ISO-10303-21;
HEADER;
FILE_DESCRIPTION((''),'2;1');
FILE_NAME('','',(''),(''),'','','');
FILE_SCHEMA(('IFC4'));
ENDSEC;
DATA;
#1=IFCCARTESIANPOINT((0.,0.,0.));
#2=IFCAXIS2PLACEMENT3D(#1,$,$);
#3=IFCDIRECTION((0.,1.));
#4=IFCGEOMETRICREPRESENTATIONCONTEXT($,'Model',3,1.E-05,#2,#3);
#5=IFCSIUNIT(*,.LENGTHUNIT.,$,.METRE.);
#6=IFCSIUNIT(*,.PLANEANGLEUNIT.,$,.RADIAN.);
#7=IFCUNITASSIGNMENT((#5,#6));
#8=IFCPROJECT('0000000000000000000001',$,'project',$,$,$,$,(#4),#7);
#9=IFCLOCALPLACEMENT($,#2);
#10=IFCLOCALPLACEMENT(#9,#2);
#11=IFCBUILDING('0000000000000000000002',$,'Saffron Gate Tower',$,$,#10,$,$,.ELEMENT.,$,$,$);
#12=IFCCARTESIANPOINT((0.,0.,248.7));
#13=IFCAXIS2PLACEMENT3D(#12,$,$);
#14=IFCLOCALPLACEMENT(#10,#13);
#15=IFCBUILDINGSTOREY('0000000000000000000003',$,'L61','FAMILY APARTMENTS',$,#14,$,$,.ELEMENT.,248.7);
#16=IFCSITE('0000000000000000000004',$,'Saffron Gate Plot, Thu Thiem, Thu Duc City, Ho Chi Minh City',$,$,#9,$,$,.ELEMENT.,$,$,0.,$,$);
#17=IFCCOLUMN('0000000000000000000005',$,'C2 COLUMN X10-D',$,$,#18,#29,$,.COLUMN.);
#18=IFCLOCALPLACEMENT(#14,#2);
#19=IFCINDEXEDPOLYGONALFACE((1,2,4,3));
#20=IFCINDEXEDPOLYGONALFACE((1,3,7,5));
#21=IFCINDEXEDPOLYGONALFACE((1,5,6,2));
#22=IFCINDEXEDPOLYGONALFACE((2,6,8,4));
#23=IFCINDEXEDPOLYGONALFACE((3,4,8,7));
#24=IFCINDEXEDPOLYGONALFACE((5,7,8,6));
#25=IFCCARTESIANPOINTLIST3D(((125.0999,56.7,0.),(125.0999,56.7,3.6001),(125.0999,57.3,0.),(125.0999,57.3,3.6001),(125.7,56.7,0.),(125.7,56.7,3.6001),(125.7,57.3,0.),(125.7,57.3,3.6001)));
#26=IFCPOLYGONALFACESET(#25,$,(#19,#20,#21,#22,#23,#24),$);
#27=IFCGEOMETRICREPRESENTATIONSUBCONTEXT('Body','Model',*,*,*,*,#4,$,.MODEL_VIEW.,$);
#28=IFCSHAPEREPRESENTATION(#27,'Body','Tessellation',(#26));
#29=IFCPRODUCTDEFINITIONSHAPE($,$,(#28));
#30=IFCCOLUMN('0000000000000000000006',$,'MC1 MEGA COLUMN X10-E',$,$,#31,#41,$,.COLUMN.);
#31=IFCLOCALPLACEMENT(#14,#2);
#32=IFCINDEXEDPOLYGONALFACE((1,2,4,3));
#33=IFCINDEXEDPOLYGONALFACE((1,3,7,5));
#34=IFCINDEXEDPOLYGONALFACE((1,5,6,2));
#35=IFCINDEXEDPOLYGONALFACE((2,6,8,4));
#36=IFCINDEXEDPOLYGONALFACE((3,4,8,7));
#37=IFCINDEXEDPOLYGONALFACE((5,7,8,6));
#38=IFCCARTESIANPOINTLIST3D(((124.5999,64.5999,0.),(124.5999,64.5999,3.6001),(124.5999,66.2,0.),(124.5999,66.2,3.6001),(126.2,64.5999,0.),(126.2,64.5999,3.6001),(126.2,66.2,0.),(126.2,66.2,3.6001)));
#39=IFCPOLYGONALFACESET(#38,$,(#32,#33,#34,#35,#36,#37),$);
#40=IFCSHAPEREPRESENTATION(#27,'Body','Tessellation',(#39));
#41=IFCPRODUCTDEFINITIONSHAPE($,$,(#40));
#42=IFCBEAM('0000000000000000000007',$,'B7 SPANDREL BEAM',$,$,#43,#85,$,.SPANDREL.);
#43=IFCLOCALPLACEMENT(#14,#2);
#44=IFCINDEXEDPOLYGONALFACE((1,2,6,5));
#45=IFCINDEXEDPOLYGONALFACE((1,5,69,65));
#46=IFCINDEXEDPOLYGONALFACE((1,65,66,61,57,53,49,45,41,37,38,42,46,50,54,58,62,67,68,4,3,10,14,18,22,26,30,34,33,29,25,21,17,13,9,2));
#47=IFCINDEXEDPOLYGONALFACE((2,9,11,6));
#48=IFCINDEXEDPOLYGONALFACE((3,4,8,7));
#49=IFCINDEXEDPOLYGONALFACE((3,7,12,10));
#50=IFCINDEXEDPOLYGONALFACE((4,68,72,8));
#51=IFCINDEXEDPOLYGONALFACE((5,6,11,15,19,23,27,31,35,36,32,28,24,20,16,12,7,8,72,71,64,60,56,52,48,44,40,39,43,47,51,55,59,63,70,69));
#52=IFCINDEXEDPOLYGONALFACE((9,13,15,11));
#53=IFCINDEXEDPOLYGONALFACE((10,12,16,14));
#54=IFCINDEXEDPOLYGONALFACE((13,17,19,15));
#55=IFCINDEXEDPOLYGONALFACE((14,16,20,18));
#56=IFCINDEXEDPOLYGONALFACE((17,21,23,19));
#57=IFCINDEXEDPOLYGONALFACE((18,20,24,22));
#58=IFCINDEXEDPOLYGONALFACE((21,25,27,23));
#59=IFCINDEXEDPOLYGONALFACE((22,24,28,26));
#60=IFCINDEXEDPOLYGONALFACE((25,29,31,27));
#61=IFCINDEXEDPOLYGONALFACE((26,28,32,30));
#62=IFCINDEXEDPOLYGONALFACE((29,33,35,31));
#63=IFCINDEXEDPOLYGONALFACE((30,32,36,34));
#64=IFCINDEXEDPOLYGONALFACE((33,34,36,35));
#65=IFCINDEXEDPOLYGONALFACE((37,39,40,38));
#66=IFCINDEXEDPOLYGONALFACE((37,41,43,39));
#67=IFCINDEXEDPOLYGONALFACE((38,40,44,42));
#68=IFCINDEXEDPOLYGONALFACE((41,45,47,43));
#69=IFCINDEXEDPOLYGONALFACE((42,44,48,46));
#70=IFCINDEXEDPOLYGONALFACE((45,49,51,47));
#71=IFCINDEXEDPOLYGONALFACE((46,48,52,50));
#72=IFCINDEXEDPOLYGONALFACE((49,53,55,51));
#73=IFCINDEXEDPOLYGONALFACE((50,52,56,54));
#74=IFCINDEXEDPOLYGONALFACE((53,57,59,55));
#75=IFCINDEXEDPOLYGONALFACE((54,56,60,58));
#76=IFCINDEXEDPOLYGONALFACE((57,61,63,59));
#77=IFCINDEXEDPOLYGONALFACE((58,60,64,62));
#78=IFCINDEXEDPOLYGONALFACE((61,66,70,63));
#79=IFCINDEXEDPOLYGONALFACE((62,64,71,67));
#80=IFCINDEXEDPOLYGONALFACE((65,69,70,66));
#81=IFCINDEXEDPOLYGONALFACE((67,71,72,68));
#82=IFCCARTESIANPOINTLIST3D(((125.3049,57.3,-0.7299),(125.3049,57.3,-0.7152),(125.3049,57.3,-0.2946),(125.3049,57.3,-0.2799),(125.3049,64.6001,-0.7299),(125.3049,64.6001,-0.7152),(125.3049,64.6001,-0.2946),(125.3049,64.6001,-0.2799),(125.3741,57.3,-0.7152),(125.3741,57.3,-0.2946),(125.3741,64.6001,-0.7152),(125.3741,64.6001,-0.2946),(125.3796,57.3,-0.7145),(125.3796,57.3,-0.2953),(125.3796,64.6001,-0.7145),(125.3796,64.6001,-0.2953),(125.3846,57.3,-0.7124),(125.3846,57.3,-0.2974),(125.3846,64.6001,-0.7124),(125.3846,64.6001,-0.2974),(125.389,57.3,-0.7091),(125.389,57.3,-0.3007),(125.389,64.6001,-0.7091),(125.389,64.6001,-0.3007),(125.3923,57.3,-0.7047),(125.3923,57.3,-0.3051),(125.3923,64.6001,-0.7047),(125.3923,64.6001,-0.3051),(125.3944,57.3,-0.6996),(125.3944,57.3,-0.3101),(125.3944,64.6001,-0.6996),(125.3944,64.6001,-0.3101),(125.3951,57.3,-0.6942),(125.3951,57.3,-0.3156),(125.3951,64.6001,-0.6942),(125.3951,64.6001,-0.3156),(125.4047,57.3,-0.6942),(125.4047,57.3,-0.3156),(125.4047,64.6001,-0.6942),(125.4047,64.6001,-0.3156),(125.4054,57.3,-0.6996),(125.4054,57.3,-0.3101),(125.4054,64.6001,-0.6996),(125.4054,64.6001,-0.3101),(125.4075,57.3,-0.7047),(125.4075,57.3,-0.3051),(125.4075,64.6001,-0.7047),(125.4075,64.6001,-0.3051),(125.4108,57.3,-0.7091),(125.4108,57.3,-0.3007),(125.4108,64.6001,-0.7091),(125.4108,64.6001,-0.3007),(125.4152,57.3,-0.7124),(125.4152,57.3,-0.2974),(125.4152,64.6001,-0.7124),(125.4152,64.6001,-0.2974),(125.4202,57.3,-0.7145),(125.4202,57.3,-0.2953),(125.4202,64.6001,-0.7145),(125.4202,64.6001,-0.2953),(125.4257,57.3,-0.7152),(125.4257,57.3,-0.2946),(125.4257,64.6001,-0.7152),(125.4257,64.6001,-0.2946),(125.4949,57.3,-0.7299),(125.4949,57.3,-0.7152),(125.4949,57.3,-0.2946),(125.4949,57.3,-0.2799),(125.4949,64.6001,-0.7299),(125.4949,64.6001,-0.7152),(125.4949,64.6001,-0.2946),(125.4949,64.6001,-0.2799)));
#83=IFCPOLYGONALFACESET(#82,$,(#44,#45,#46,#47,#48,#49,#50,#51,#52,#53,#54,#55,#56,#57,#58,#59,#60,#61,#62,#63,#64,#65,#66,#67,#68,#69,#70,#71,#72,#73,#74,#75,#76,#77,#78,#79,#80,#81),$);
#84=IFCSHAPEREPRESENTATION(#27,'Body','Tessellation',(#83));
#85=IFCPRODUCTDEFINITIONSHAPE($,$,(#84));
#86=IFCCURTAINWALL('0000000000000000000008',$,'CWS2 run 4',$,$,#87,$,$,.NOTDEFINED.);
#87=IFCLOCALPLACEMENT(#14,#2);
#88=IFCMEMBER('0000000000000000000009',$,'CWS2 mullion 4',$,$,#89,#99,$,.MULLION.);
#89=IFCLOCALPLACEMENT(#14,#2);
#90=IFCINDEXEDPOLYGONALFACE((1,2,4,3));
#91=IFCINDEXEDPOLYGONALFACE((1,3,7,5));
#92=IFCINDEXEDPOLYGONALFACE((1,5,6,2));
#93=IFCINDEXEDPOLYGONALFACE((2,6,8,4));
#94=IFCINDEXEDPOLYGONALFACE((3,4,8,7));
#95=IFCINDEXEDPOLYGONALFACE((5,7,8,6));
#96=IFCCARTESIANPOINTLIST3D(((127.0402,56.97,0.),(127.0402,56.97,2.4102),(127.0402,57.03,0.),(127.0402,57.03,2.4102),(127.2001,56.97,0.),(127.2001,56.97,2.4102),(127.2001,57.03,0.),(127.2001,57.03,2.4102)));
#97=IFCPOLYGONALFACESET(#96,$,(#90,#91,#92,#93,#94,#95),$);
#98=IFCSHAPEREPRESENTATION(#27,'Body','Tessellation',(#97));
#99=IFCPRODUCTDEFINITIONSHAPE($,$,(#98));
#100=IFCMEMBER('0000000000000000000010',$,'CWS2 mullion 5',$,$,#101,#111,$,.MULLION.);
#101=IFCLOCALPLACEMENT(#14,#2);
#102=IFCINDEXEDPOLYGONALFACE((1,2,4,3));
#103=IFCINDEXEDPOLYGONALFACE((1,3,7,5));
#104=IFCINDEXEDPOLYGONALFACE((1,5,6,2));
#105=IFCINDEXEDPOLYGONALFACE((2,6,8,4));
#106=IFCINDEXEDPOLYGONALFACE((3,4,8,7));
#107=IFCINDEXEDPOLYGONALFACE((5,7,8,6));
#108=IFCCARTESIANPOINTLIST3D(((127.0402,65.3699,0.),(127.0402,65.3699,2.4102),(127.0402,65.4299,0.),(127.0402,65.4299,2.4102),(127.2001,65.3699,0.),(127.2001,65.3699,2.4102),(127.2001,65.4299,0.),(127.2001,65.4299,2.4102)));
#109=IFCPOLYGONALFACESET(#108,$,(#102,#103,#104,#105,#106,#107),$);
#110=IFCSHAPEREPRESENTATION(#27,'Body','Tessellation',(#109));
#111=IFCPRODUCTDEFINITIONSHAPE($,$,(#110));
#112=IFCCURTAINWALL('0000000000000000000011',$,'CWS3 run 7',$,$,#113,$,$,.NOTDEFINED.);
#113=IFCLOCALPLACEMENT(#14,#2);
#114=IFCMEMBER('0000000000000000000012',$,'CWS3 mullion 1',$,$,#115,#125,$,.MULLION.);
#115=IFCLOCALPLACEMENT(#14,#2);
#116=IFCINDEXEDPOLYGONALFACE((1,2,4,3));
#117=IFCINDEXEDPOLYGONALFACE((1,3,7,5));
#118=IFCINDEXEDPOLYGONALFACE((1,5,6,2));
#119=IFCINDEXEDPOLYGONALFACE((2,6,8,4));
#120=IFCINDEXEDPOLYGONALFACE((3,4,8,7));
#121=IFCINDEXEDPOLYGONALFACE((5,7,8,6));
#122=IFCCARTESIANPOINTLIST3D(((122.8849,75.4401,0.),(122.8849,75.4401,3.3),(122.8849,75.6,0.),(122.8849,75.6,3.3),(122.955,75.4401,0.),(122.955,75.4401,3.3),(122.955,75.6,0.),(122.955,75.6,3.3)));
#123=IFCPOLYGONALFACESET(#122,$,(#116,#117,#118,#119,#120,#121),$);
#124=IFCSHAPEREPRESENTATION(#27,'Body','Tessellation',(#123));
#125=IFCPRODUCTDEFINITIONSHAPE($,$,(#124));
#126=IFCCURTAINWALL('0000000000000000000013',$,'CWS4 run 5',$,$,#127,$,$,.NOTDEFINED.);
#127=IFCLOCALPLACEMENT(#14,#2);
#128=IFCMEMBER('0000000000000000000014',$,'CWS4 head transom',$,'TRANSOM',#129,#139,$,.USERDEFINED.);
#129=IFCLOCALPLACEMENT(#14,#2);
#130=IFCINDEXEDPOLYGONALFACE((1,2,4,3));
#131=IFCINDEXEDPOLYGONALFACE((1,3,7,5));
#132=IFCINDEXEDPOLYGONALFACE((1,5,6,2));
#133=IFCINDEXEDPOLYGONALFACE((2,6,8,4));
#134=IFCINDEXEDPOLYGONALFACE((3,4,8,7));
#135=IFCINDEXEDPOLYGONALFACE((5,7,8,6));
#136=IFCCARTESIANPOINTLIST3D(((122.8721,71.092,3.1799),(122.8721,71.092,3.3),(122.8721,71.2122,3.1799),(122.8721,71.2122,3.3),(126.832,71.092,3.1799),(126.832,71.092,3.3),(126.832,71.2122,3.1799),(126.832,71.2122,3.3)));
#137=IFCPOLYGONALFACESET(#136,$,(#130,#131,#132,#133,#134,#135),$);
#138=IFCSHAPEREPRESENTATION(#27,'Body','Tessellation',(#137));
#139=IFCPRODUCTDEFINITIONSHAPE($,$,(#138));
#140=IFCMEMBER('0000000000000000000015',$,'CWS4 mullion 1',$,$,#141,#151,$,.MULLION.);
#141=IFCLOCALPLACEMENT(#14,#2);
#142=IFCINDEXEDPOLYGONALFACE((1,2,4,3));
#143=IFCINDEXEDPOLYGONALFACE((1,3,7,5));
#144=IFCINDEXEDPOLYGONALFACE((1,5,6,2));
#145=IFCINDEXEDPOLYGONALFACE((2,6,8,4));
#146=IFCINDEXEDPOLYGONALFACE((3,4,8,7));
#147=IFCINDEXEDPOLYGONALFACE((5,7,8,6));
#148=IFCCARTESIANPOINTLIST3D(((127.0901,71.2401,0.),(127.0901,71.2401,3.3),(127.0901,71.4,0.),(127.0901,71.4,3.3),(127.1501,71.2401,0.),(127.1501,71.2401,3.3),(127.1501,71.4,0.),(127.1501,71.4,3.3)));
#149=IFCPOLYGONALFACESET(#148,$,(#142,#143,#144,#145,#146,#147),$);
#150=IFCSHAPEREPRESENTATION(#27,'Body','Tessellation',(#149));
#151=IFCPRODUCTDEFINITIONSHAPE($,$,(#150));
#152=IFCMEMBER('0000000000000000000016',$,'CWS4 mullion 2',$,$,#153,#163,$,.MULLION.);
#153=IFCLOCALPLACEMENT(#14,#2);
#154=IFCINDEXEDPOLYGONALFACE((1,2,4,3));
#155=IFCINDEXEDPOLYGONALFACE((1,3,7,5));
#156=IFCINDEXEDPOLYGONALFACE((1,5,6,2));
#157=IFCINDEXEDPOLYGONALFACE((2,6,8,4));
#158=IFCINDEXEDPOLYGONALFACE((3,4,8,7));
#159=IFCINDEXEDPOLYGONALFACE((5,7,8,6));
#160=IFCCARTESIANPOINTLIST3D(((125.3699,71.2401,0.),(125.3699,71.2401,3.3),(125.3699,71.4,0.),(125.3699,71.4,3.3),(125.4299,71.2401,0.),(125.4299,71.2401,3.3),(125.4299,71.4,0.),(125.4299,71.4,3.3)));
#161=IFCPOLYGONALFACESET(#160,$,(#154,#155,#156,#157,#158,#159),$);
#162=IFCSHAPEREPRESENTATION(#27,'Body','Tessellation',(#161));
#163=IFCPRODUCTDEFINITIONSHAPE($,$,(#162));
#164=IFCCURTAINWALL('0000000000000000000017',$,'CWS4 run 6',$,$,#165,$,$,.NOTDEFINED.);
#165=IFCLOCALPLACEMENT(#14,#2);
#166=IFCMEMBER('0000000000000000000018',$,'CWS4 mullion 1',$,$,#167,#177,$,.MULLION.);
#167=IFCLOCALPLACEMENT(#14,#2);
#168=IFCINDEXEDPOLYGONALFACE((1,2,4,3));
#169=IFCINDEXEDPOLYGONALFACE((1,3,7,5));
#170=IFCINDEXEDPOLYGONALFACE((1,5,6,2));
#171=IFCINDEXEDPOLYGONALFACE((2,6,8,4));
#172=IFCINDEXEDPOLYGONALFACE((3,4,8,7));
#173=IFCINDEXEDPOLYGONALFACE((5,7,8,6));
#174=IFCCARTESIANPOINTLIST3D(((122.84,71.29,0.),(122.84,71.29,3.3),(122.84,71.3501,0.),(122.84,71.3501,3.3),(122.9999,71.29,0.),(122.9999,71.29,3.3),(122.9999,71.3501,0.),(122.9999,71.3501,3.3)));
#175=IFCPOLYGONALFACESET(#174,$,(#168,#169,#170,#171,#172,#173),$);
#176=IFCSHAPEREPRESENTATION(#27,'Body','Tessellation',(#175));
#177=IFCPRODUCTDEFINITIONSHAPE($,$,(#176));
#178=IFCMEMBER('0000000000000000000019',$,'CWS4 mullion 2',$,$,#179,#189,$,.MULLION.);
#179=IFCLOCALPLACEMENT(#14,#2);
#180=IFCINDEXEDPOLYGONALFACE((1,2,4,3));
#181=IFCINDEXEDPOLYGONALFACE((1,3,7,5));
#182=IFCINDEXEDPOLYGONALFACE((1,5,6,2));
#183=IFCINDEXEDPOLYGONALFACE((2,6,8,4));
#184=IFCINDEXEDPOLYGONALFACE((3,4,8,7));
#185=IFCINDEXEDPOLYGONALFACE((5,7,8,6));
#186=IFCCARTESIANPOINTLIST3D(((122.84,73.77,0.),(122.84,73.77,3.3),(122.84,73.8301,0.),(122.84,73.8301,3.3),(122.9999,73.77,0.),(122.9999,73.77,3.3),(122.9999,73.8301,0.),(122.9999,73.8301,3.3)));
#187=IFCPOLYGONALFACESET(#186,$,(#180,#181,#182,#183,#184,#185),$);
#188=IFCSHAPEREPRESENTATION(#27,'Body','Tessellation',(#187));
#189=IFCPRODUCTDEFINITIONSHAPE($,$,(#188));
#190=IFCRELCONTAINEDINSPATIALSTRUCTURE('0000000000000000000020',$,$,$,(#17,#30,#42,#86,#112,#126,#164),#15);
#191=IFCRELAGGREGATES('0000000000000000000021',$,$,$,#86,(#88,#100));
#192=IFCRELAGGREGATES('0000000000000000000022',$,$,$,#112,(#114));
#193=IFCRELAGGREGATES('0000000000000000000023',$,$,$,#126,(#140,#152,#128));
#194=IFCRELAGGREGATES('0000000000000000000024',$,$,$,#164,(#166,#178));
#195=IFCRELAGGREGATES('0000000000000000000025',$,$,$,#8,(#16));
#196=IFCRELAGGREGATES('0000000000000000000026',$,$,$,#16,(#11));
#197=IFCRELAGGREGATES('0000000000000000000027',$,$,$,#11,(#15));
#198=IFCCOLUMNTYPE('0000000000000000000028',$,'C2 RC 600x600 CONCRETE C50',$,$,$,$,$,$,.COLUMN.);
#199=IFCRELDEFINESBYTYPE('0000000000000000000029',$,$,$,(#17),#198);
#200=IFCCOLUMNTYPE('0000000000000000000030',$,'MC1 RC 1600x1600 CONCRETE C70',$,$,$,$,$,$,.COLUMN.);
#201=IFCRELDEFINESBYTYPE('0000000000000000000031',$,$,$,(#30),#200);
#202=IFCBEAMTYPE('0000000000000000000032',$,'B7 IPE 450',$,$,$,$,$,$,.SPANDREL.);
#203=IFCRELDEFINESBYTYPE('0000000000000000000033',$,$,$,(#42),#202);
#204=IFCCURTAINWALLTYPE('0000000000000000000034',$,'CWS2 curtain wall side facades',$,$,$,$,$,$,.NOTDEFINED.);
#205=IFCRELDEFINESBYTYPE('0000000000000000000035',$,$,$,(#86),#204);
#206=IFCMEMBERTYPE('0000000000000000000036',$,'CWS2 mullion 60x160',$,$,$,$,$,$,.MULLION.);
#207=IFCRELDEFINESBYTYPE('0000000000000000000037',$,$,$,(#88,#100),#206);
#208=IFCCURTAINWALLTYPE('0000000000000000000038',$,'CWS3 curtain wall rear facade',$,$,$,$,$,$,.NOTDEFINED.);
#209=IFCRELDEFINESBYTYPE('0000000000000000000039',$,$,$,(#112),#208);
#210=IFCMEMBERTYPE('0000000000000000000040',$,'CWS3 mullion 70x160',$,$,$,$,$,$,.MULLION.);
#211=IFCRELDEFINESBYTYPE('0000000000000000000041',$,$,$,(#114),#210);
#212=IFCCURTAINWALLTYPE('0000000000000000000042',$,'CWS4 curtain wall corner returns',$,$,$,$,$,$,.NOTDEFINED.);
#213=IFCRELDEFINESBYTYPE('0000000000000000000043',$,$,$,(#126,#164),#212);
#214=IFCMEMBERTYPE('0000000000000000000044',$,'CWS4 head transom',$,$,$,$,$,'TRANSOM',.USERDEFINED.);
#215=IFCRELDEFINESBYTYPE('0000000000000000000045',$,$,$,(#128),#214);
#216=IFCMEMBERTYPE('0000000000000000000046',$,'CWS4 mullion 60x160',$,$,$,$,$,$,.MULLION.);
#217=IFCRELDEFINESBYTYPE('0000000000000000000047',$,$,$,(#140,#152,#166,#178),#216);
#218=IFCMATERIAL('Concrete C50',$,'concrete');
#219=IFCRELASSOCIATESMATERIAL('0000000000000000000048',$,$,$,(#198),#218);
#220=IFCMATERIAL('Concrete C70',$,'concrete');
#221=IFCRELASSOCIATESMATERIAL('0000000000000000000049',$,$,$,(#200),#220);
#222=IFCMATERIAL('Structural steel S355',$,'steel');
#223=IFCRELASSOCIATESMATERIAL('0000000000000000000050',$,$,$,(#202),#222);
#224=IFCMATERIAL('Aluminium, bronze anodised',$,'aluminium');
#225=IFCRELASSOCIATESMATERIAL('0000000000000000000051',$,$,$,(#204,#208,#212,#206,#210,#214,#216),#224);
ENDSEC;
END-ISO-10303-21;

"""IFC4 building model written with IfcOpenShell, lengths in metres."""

from ifc_helpers import new_model, si_unit, direction, frame, origin, origin_2d, place, context, subcontext, project, spatial, rectangle, i_section, extrude, material, material_profile, profile_set, type_object, element, aggregate, save


model = new_model("IFC4")

# Units and contexts
model_context = context("Model", 3, precision=1e-05, world=origin(), true_north=direction((0.0, 1.0)))
body_context = subcontext(model_context, "Body", "Model", "MODEL_VIEW")
ifc_project = project(units=[si_unit("LENGTHUNIT", "METRE"), si_unit("PLANEANGLEUNIT", "RADIAN")], contexts=[model_context])

# Site, building, storey
site_placement = place(None, origin())
site = spatial("IfcSite", under=ifc_project, at=site_placement, Name="Saffron Gate Plot, Thu Thiem, Thu Duc City, Ho Chi Minh City", CompositionType="ELEMENT", RefElevation=0.0)
building_placement = place(site_placement, origin())
building = spatial("IfcBuilding", under=site, at=building_placement, Name="Saffron Gate Tower", CompositionType="ELEMENT")
storey_placement = place(building_placement, frame((0.0, 0.0, 248.7)))
storey = spatial("IfcBuildingStorey", under=building, at=storey_placement, Name="L61", Description="FAMILY APARTMENTS", CompositionType="ELEMENT", Elevation=248.7)

# Columns
ifc_material_1 = material(Name="Concrete C50", Category="concrete")
ifc_material_profile_1 = material_profile(ifc_material_1, rectangle(XDim=0.6001, YDim=0.6001, at=origin_2d()))
ifc_profile_set_1 = profile_set([ifc_material_profile_1], Name="Concrete C50")
column_type_1 = type_object("IfcColumnType", Name="C2 RC 600x600 CONCRETE C50", PredefinedType="COLUMN", material=ifc_profile_set_1)
column_1_placement = place(storey_placement, frame((125.3999, 57.0, 0.0), z_axis=(0.0, 0.0, 1.0), x_axis=(1.0, 0.0, 0.0)))
element("IfcColumn", 1, at=column_1_placement, inside=storey, type_object=column_type_1, Name="C2 COLUMN X10-D", PredefinedType="COLUMN", context=body_context, shape_type="SweptSolid", body=[
    extrude(rectangle(XDim=0.6001, YDim=0.6001, at=origin_2d()), origin(), (0.0, 0.0, 1.0), 3.6001),
])
ifc_material_2 = material(Name="Concrete C70", Category="concrete")
ifc_material_profile_2 = material_profile(ifc_material_2, rectangle(XDim=1.6001, YDim=1.6001, at=origin_2d()))
ifc_profile_set_2 = profile_set([ifc_material_profile_2], Name="Concrete C70")
column_type_2 = type_object("IfcColumnType", Name="MC1 RC 1600x1600 CONCRETE C70", PredefinedType="COLUMN", material=ifc_profile_set_2)
column_2_placement = place(storey_placement, frame((125.3999, 65.3999, 0.0), z_axis=(0.0, 0.0, 1.0), x_axis=(1.0, 0.0, 0.0)))
element("IfcColumn", 2, at=column_2_placement, inside=storey, type_object=column_type_2, Name="MC1 MEGA COLUMN X10-E", PredefinedType="COLUMN", context=body_context, shape_type="SweptSolid", body=[
    extrude(rectangle(XDim=1.6001, YDim=1.6001, at=origin_2d()), origin(), (0.0, 0.0, 1.0), 3.6001),
])

# Beam
ifc_material_3 = material(Name="Structural steel S355", Category="steel")
ifc_material_profile_3 = material_profile(ifc_material_3, i_section(OverallWidth=0.1899, OverallDepth=0.45, WebThickness=0.0095, FlangeThickness=0.0146, FilletRadius=0.021, at=origin_2d()))
ifc_profile_set_3 = profile_set([ifc_material_profile_3], Name="Structural steel S355")
beam_type = type_object("IfcBeamType", Name="B7 IPE 450", PredefinedType="SPANDREL", material=ifc_profile_set_3)
beam_placement = place(storey_placement, frame((125.3999, 57.3, -0.5049), z_axis=(0.0, 1.0, 0.0), x_axis=(-1.0, 0.0, 0.0)))
element("IfcBeam", 3, at=beam_placement, inside=storey, type_object=beam_type, Name="B7 SPANDREL BEAM", PredefinedType="SPANDREL", context=body_context, shape_type="SweptSolid", body=[
    extrude(i_section(OverallWidth=0.1899, OverallDepth=0.45, WebThickness=0.0095, FlangeThickness=0.0146, FilletRadius=0.021, at=origin_2d()), origin(), (0.0, 0.0, 1.0), 7.3),
])

# Curtain wall, members
ifc_material_4 = material(Name="Aluminium, bronze anodised", Category="aluminium")
curtain_wall_type_1 = type_object("IfcCurtainWallType", Name="CWS2 curtain wall side facades", PredefinedType="NOTDEFINED", material=ifc_material_4)
curtain_wall_1_placement = place(storey_placement, origin())
curtain_wall_1 = element("IfcCurtainWall", 4, at=curtain_wall_1_placement, inside=storey, type_object=curtain_wall_type_1, Name="CWS2 run 4", PredefinedType="NOTDEFINED")
ifc_material_profile_4 = material_profile(ifc_material_4, rectangle(XDim=0.1599, YDim=0.0601, at=origin_2d()))
ifc_profile_set_4 = profile_set([ifc_material_profile_4], Name="Aluminium, bronze anodised")
member_type_1 = type_object("IfcMemberType", Name="CWS2 mullion 60x160", PredefinedType="MULLION", material=ifc_profile_set_4)
member_1_placement = place(storey_placement, frame((127.1201, 57.0, 0.0), z_axis=(0.0, 0.0, 1.0), x_axis=(-1.0, 0.0, 0.0)))
member_1 = element("IfcMember", 5, at=member_1_placement, type_object=member_type_1, Name="CWS2 mullion 4", PredefinedType="MULLION", context=body_context, shape_type="SweptSolid", body=[
    extrude(rectangle(XDim=0.1599, YDim=0.0601, at=origin_2d()), origin(), (0.0, 0.0, 1.0), 2.4102),
])
member_2_placement = place(storey_placement, frame((127.1201, 65.3999, 0.0), z_axis=(0.0, 0.0, 1.0), x_axis=(-1.0, 0.0, 0.0)))
member_2 = element("IfcMember", 6, at=member_2_placement, type_object=member_type_1, Name="CWS2 mullion 5", PredefinedType="MULLION", context=body_context, shape_type="SweptSolid", body=[
    extrude(rectangle(XDim=0.1599, YDim=0.0601, at=origin_2d()), origin(), (0.0, 0.0, 1.0), 2.4102),
])
aggregate(curtain_wall_1, [member_1, member_2])

# Curtain wall, member
curtain_wall_type_2 = type_object("IfcCurtainWallType", Name="CWS3 curtain wall rear facade", PredefinedType="NOTDEFINED", material=ifc_material_4)
curtain_wall_2_placement = place(storey_placement, origin())
curtain_wall_2 = element("IfcCurtainWall", 7, at=curtain_wall_2_placement, inside=storey, type_object=curtain_wall_type_2, Name="CWS3 run 7", PredefinedType="NOTDEFINED")
ifc_material_profile_5 = material_profile(ifc_material_4, rectangle(XDim=0.1599, YDim=0.0701, at=origin_2d()))
ifc_profile_set_5 = profile_set([ifc_material_profile_5], Name="Aluminium, bronze anodised")
member_type_2 = type_object("IfcMemberType", Name="CWS3 mullion 70x160", PredefinedType="MULLION", material=ifc_profile_set_5)
member_3_placement = place(storey_placement, frame((122.9199, 75.52, 0.0), z_axis=(0.0, 0.0, 1.0), x_axis=(0.0, -1.0, 0.0)))
member_3 = element("IfcMember", 8, at=member_3_placement, type_object=member_type_2, Name="CWS3 mullion 1", PredefinedType="MULLION", context=body_context, shape_type="SweptSolid", body=[
    extrude(rectangle(XDim=0.1599, YDim=0.0701, at=origin_2d()), origin(), (0.0, 0.0, 1.0), 3.3),
])
aggregate(curtain_wall_2, [member_3])

# Curtain walls, members
curtain_wall_type_3 = type_object("IfcCurtainWallType", Name="CWS4 curtain wall corner returns", PredefinedType="NOTDEFINED", material=ifc_material_4)
curtain_wall_3_placement = place(storey_placement, origin())
curtain_wall_3 = element("IfcCurtainWall", 9, at=curtain_wall_3_placement, inside=storey, type_object=curtain_wall_type_3, Name="CWS4 run 5", PredefinedType="NOTDEFINED")
ifc_material_profile_6 = material_profile(ifc_material_4, rectangle(XDim=0.1201, YDim=0.1201, at=origin_2d()))
ifc_profile_set_6 = profile_set([ifc_material_profile_6], Name="Aluminium, bronze anodised")
member_type_3 = type_object("IfcMemberType", Name="CWS4 head transom", ElementType="TRANSOM", PredefinedType="USERDEFINED", material=ifc_profile_set_6)
member_4_placement = place(storey_placement, frame((126.832, 71.1521, 3.24), z_axis=(-1.0, 0.0, 0.0), x_axis=(0.0, -1.0, 0.0)))
member_4 = element("IfcMember", 10, at=member_4_placement, type_object=member_type_3, Name="CWS4 head transom", ObjectType="TRANSOM", PredefinedType="USERDEFINED", context=body_context, shape_type="SweptSolid", body=[
    extrude(rectangle(XDim=0.1201, YDim=0.1201, at=origin_2d()), origin(), (0.0, 0.0, 1.0), 3.96),
])
ifc_material_profile_7 = material_profile(ifc_material_4, rectangle(XDim=0.1599, YDim=0.0601, at=origin_2d()))
ifc_profile_set_7 = profile_set([ifc_material_profile_7], Name="Aluminium, bronze anodised")
member_type_4 = type_object("IfcMemberType", Name="CWS4 mullion 60x160", PredefinedType="MULLION", material=ifc_profile_set_7)
member_5_placement = place(storey_placement, frame((127.1201, 71.3201, 0.0), z_axis=(0.0, 0.0, 1.0), x_axis=(0.0, -1.0, 0.0)))
member_5 = element("IfcMember", 11, at=member_5_placement, type_object=member_type_4, Name="CWS4 mullion 1", PredefinedType="MULLION", context=body_context, shape_type="SweptSolid", body=[
    extrude(rectangle(XDim=0.1599, YDim=0.0601, at=origin_2d()), origin(), (0.0, 0.0, 1.0), 3.3),
])
member_6_placement = place(storey_placement, frame((125.3999, 71.3201, 0.0), z_axis=(0.0, 0.0, 1.0), x_axis=(0.0, -1.0, 0.0)))
member_6 = element("IfcMember", 12, at=member_6_placement, type_object=member_type_4, Name="CWS4 mullion 2", PredefinedType="MULLION", context=body_context, shape_type="SweptSolid", body=[
    extrude(rectangle(XDim=0.1599, YDim=0.0601, at=origin_2d()), origin(), (0.0, 0.0, 1.0), 3.3),
])
curtain_wall_4_placement = place(storey_placement, origin())
curtain_wall_4 = element("IfcCurtainWall", 13, at=curtain_wall_4_placement, inside=storey, type_object=curtain_wall_type_3, Name="CWS4 run 6", PredefinedType="NOTDEFINED")
member_7_placement = place(storey_placement, frame((122.9199, 71.3201, 0.0), z_axis=(0.0, 0.0, 1.0), x_axis=(-1.0, 0.0, 0.0)))
member_7 = element("IfcMember", 14, at=member_7_placement, type_object=member_type_4, Name="CWS4 mullion 1", PredefinedType="MULLION", context=body_context, shape_type="SweptSolid", body=[
    extrude(rectangle(XDim=0.1599, YDim=0.0601, at=origin_2d()), origin(), (0.0, 0.0, 1.0), 3.3),
])
member_8_placement = place(storey_placement, frame((122.9199, 73.8, 0.0), z_axis=(0.0, 0.0, 1.0), x_axis=(-1.0, 0.0, 0.0)))
member_8 = element("IfcMember", 15, at=member_8_placement, type_object=member_type_4, Name="CWS4 mullion 2", PredefinedType="MULLION", context=body_context, shape_type="SweptSolid", body=[
    extrude(rectangle(XDim=0.1599, YDim=0.0601, at=origin_2d()), origin(), (0.0, 0.0, 1.0), 3.3),
])

aggregate(curtain_wall_3, [member_5, member_6, member_4])
aggregate(curtain_wall_4, [member_7, member_8])

save(model, "model.ifc")
